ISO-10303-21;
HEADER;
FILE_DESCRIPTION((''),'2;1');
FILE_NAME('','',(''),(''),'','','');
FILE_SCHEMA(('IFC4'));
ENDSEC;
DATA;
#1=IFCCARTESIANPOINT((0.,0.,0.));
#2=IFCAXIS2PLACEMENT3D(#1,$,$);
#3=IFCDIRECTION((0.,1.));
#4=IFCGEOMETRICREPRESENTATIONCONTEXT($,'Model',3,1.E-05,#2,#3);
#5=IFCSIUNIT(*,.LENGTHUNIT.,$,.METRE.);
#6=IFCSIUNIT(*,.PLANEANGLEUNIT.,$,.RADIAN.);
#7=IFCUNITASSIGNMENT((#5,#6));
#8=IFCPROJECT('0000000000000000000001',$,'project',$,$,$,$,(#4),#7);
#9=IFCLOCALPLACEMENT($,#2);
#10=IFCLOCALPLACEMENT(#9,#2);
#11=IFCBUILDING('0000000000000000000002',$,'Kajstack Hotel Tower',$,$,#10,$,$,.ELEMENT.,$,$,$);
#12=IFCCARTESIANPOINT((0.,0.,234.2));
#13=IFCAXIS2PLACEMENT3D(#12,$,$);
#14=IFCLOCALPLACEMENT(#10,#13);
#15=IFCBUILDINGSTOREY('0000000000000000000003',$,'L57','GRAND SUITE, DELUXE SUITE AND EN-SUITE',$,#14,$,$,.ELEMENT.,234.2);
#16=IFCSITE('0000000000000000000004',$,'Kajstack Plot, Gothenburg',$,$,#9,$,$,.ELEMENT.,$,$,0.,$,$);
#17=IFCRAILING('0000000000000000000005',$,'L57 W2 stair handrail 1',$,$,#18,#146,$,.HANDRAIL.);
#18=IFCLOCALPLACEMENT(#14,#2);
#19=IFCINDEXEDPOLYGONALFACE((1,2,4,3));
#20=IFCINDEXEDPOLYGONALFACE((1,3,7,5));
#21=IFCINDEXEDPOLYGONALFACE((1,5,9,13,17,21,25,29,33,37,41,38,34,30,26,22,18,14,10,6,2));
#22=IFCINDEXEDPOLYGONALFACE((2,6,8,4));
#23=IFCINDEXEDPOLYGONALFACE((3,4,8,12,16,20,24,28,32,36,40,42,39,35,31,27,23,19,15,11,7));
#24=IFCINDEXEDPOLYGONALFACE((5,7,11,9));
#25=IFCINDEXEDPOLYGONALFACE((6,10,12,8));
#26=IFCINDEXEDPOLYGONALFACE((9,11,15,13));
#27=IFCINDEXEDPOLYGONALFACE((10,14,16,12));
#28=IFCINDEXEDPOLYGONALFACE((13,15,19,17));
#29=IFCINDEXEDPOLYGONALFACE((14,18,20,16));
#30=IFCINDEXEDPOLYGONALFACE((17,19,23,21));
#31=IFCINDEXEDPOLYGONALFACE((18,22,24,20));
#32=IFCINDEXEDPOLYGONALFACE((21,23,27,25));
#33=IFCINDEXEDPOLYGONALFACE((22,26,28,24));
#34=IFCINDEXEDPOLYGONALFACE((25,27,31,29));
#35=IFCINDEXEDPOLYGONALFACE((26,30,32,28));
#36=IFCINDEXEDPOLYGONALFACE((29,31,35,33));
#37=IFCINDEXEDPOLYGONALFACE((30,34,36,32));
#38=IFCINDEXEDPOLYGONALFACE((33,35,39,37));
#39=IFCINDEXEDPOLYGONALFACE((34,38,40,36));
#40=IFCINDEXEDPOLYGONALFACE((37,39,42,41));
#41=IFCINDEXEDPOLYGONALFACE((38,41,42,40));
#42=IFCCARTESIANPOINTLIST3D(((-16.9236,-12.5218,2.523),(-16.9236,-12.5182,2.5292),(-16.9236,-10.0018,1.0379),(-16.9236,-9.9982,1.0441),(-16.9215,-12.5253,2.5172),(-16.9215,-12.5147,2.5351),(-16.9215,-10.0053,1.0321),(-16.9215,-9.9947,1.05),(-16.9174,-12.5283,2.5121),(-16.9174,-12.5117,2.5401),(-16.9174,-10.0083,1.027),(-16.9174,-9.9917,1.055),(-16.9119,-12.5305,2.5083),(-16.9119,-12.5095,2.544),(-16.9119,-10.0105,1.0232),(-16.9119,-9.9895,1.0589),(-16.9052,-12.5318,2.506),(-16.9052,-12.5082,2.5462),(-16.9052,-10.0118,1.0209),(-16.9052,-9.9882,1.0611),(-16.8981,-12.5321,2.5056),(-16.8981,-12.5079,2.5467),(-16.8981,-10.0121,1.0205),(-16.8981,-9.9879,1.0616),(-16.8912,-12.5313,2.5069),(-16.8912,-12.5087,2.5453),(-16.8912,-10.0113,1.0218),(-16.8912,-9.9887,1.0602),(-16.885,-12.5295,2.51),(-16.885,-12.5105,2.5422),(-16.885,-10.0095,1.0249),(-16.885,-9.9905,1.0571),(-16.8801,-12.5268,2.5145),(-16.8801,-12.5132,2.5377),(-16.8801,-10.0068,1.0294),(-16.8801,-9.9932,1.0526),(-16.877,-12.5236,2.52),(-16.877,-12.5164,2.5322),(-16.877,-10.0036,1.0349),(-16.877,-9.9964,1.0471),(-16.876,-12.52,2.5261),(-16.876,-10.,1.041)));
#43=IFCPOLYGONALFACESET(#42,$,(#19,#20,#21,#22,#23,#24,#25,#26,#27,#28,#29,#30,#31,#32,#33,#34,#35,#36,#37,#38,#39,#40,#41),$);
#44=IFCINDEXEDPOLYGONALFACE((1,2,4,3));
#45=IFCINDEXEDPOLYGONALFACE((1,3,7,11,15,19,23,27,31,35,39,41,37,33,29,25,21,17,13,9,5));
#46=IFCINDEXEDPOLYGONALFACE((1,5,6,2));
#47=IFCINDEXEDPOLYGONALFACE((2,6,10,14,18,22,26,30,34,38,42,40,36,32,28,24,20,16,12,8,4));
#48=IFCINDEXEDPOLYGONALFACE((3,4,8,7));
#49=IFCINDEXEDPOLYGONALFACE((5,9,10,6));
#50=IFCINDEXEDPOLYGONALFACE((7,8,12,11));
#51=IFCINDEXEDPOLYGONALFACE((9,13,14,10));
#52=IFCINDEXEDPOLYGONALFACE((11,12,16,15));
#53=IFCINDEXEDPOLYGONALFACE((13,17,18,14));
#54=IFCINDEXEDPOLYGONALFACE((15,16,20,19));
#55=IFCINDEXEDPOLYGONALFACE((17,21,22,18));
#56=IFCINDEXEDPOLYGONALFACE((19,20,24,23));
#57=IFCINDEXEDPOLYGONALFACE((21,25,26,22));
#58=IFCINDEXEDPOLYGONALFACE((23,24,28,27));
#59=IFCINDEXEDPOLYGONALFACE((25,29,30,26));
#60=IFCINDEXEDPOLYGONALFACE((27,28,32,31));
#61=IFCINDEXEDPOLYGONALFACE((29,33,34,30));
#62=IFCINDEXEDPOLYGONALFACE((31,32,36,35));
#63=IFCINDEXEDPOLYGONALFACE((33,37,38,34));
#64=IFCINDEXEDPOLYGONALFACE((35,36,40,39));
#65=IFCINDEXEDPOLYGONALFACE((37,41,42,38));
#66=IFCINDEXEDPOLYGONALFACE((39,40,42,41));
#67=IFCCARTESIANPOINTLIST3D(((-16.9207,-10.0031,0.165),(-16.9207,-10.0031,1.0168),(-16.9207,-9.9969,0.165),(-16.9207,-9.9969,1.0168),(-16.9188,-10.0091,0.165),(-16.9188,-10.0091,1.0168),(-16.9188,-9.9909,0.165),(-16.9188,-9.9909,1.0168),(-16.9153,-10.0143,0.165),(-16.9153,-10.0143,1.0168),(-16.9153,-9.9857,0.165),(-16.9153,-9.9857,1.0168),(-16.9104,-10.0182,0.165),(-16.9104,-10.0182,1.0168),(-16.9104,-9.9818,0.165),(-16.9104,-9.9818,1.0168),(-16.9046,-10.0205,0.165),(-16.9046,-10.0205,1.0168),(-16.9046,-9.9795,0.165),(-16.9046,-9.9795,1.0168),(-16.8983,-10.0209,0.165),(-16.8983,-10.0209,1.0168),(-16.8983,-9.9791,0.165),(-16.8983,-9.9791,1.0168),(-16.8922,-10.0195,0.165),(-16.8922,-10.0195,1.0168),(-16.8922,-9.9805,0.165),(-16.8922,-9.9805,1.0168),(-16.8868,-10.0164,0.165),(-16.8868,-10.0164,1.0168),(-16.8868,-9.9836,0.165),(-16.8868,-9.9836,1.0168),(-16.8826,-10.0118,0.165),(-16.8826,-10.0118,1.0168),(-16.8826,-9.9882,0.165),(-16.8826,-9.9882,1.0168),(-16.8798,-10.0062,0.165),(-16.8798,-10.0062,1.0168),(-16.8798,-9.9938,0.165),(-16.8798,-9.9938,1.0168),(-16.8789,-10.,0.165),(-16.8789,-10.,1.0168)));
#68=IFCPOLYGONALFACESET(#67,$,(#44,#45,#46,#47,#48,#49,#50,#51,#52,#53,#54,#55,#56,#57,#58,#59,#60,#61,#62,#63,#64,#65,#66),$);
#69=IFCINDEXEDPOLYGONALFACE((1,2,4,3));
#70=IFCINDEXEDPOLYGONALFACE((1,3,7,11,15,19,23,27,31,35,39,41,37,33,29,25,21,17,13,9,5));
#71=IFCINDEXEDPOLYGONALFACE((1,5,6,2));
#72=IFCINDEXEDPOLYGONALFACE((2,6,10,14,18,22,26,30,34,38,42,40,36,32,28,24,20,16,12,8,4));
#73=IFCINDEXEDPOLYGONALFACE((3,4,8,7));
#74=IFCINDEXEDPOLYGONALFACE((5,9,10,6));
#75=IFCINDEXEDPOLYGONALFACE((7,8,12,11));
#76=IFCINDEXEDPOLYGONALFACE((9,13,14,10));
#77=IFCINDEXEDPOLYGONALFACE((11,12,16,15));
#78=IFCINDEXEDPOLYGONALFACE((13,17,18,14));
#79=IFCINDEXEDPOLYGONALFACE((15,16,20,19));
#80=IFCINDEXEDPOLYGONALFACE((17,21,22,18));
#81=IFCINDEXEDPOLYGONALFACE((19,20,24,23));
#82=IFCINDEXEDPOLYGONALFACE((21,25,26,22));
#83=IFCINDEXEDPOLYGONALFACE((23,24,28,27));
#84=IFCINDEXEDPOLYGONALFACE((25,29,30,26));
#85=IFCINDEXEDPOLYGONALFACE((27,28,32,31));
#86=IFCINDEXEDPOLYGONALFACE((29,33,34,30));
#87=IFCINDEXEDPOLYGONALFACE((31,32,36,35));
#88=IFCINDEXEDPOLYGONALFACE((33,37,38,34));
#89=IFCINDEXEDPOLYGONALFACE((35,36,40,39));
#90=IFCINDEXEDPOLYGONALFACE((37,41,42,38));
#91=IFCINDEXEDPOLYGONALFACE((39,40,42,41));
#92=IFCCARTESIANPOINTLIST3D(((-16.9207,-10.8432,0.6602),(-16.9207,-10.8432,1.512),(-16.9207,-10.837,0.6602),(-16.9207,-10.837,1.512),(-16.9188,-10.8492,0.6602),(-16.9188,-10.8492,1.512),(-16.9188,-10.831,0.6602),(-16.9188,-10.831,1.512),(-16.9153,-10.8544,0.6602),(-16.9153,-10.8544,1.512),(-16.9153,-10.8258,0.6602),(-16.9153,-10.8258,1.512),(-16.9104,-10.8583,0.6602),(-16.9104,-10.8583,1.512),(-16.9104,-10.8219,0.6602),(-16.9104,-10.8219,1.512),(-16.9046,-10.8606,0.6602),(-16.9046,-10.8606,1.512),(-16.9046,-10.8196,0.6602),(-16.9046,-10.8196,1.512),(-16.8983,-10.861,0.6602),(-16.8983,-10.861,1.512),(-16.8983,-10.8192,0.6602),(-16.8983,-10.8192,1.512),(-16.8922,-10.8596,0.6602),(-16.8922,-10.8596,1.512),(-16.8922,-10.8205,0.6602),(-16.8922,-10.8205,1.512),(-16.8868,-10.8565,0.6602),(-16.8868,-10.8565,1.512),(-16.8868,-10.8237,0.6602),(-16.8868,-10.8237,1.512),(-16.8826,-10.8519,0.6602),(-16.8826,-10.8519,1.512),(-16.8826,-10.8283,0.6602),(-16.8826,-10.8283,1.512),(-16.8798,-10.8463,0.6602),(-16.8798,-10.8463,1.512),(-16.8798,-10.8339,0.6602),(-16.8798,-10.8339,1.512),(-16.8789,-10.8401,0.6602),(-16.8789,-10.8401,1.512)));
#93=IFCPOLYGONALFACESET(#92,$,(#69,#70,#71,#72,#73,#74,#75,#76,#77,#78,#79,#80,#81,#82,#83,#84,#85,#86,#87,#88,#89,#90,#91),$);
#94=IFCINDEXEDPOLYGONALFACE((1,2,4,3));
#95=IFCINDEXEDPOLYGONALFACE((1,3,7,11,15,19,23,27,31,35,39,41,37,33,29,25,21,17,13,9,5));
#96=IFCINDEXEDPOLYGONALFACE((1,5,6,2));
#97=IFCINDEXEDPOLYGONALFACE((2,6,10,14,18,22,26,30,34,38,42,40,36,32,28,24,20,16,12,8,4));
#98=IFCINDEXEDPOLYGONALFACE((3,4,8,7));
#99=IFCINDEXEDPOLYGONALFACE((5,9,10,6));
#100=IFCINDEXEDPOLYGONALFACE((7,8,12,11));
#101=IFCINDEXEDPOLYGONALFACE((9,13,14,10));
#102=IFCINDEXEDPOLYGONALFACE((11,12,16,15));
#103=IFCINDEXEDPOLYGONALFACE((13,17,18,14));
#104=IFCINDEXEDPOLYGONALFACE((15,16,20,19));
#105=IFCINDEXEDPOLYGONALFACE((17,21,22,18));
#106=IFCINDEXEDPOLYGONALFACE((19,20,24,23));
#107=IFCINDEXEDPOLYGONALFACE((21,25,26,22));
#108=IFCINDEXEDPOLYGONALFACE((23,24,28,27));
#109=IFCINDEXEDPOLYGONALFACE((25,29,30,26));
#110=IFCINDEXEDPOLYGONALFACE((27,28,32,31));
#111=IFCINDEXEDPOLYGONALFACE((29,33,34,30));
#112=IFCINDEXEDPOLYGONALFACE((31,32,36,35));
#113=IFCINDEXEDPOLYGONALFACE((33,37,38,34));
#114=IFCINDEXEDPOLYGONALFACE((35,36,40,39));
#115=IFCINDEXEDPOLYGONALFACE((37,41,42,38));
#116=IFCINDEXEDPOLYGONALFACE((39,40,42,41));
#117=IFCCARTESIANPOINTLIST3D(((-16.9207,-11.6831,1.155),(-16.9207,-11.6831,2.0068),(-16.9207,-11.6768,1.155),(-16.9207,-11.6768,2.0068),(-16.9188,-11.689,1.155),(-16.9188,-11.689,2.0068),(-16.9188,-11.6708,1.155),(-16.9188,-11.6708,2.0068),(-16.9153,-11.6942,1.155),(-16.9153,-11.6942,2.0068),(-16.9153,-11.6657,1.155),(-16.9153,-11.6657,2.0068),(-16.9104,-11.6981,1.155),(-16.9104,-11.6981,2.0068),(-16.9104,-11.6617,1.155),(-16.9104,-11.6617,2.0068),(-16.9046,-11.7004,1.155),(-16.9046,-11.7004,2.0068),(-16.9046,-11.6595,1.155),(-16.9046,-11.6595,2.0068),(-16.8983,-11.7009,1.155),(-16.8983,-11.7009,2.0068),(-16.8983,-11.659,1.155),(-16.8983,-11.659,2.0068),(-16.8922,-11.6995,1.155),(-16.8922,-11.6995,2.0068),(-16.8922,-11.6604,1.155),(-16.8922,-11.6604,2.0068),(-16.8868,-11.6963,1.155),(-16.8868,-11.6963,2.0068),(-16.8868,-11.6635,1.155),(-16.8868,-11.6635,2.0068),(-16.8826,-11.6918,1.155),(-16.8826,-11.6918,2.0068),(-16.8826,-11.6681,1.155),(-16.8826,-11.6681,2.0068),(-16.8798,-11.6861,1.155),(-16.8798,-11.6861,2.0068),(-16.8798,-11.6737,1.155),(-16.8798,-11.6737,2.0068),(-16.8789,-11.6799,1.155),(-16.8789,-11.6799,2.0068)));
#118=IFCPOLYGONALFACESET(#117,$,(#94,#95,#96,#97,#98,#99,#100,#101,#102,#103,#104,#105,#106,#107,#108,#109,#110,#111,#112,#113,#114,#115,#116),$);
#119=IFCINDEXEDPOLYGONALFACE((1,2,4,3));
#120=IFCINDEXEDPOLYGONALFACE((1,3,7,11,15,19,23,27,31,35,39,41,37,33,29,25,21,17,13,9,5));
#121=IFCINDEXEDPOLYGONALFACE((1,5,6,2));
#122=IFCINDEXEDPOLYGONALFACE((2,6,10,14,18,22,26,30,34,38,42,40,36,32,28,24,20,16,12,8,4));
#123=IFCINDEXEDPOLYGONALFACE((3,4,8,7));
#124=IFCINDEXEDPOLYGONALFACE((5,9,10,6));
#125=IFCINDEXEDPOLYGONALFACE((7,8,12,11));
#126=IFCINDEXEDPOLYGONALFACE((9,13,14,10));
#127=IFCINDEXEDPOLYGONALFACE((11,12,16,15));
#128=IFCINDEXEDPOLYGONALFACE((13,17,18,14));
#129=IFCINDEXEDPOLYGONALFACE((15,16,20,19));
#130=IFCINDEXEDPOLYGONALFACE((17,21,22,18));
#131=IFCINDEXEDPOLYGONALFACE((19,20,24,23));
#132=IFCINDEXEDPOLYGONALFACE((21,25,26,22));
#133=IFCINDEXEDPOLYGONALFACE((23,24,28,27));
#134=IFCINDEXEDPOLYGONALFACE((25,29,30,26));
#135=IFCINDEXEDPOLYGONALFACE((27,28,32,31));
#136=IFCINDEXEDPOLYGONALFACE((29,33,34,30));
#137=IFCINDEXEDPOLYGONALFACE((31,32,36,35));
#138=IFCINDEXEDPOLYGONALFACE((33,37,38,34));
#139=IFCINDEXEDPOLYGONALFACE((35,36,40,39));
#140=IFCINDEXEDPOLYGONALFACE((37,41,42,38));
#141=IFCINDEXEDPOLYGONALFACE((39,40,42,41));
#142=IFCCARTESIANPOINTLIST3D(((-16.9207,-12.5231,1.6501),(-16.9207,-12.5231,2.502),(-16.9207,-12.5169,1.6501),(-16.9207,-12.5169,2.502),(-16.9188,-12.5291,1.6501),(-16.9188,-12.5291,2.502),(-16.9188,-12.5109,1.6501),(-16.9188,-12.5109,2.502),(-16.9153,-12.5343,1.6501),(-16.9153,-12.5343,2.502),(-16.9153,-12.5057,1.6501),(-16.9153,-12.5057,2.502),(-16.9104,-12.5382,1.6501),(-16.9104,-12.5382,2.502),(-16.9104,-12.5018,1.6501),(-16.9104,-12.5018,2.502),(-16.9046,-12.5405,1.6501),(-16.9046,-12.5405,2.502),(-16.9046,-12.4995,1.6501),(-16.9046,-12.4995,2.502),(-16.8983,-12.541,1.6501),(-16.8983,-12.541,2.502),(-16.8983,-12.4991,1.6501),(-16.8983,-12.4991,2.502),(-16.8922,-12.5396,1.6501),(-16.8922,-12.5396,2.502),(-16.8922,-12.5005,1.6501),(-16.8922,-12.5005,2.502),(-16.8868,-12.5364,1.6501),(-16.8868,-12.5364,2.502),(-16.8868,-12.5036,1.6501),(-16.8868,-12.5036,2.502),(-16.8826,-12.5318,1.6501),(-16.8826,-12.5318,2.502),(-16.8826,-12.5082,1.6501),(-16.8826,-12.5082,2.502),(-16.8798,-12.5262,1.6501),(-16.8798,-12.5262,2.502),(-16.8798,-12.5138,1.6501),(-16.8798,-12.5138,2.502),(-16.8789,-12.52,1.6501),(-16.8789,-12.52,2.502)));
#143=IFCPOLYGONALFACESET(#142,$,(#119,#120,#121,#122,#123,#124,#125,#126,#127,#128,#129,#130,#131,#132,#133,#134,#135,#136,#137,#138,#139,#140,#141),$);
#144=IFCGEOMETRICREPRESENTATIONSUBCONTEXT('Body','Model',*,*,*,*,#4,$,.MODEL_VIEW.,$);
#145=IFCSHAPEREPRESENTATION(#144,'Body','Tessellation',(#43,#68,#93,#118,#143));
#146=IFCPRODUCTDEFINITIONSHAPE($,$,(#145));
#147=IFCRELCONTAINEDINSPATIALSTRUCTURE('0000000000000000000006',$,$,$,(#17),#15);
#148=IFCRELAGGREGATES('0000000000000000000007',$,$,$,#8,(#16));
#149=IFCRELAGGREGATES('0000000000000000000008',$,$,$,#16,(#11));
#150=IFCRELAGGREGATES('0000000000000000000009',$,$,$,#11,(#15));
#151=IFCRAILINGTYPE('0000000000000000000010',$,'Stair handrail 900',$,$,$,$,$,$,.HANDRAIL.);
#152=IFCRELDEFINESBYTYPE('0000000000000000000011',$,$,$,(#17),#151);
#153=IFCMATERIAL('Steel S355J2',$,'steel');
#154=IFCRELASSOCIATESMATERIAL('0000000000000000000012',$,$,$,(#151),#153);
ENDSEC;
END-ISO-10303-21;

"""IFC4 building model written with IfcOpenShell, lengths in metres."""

from ifc_helpers import new_model, si_unit, direction, frame, origin, origin_2d, place, context, subcontext, project, spatial, circle, extrude, material, type_object, element, save


model = new_model("IFC4")

# Units and contexts
model_context = context("Model", 3, precision=1e-05, world=origin(), true_north=direction((0.0, 1.0)))
body_context = subcontext(model_context, "Body", "Model", "MODEL_VIEW")
ifc_project = project(units=[si_unit("LENGTHUNIT", "METRE"), si_unit("PLANEANGLEUNIT", "RADIAN")], contexts=[model_context])

# Site, building, storey
site_placement = place(None, origin())
site = spatial("IfcSite", under=ifc_project, at=site_placement, Name="Kajstack Plot, Gothenburg", CompositionType="ELEMENT", RefElevation=0.0)
building_placement = place(site_placement, origin())
building = spatial("IfcBuilding", under=site, at=building_placement, Name="Kajstack Hotel Tower", CompositionType="ELEMENT")
storey_placement = place(building_placement, frame((0.0, 0.0, 234.2)))
storey = spatial("IfcBuildingStorey", under=building, at=storey_placement, Name="L57", Description="GRAND SUITE, DELUXE SUITE AND EN-SUITE", CompositionType="ELEMENT", Elevation=234.2)

# Railing
ifc_material_1 = material(Name="Steel S355J2", Category="steel")
railing_type_1 = type_object("IfcRailingType", Name="Stair handrail 900", PredefinedType="HANDRAIL", material=ifc_material_1)
railing_1_placement = place(storey_placement, frame((-16.8999, -10.0, 0.165)))
element("IfcRailing", 1, at=railing_1_placement, inside=storey, type_object=railing_type_1, Name="L57 W2 stair handrail 1", PredefinedType="HANDRAIL", context=body_context, shape_type="SweptSolid", body=[
    extrude(circle(Radius=0.0239, at=origin_2d()), frame((0.0, 0.0, 0.876), z_axis=(0.0, -0.861524, 0.507717), x_axis=(1.0, 0.0, 0.0)), (0.0, 0.0, 1.0), 2.925),
    extrude(circle(Radius=0.021, at=origin_2d()), origin(), (0.0, 0.0, 1.0), 0.8518),
    extrude(circle(Radius=0.021, at=origin_2d()), frame((0.0, -0.8401, 0.4951)), (0.0, 0.0, 1.0), 0.8518),
    extrude(circle(Radius=0.021, at=origin_2d()), frame((0.0, -1.6799, 0.99)), (0.0, 0.0, 1.0), 0.8518),
    extrude(circle(Radius=0.021, at=origin_2d()), frame((0.0, -2.52, 1.4851)), (0.0, 0.0, 1.0), 0.8518),
])

save(model, "model.ifc")
